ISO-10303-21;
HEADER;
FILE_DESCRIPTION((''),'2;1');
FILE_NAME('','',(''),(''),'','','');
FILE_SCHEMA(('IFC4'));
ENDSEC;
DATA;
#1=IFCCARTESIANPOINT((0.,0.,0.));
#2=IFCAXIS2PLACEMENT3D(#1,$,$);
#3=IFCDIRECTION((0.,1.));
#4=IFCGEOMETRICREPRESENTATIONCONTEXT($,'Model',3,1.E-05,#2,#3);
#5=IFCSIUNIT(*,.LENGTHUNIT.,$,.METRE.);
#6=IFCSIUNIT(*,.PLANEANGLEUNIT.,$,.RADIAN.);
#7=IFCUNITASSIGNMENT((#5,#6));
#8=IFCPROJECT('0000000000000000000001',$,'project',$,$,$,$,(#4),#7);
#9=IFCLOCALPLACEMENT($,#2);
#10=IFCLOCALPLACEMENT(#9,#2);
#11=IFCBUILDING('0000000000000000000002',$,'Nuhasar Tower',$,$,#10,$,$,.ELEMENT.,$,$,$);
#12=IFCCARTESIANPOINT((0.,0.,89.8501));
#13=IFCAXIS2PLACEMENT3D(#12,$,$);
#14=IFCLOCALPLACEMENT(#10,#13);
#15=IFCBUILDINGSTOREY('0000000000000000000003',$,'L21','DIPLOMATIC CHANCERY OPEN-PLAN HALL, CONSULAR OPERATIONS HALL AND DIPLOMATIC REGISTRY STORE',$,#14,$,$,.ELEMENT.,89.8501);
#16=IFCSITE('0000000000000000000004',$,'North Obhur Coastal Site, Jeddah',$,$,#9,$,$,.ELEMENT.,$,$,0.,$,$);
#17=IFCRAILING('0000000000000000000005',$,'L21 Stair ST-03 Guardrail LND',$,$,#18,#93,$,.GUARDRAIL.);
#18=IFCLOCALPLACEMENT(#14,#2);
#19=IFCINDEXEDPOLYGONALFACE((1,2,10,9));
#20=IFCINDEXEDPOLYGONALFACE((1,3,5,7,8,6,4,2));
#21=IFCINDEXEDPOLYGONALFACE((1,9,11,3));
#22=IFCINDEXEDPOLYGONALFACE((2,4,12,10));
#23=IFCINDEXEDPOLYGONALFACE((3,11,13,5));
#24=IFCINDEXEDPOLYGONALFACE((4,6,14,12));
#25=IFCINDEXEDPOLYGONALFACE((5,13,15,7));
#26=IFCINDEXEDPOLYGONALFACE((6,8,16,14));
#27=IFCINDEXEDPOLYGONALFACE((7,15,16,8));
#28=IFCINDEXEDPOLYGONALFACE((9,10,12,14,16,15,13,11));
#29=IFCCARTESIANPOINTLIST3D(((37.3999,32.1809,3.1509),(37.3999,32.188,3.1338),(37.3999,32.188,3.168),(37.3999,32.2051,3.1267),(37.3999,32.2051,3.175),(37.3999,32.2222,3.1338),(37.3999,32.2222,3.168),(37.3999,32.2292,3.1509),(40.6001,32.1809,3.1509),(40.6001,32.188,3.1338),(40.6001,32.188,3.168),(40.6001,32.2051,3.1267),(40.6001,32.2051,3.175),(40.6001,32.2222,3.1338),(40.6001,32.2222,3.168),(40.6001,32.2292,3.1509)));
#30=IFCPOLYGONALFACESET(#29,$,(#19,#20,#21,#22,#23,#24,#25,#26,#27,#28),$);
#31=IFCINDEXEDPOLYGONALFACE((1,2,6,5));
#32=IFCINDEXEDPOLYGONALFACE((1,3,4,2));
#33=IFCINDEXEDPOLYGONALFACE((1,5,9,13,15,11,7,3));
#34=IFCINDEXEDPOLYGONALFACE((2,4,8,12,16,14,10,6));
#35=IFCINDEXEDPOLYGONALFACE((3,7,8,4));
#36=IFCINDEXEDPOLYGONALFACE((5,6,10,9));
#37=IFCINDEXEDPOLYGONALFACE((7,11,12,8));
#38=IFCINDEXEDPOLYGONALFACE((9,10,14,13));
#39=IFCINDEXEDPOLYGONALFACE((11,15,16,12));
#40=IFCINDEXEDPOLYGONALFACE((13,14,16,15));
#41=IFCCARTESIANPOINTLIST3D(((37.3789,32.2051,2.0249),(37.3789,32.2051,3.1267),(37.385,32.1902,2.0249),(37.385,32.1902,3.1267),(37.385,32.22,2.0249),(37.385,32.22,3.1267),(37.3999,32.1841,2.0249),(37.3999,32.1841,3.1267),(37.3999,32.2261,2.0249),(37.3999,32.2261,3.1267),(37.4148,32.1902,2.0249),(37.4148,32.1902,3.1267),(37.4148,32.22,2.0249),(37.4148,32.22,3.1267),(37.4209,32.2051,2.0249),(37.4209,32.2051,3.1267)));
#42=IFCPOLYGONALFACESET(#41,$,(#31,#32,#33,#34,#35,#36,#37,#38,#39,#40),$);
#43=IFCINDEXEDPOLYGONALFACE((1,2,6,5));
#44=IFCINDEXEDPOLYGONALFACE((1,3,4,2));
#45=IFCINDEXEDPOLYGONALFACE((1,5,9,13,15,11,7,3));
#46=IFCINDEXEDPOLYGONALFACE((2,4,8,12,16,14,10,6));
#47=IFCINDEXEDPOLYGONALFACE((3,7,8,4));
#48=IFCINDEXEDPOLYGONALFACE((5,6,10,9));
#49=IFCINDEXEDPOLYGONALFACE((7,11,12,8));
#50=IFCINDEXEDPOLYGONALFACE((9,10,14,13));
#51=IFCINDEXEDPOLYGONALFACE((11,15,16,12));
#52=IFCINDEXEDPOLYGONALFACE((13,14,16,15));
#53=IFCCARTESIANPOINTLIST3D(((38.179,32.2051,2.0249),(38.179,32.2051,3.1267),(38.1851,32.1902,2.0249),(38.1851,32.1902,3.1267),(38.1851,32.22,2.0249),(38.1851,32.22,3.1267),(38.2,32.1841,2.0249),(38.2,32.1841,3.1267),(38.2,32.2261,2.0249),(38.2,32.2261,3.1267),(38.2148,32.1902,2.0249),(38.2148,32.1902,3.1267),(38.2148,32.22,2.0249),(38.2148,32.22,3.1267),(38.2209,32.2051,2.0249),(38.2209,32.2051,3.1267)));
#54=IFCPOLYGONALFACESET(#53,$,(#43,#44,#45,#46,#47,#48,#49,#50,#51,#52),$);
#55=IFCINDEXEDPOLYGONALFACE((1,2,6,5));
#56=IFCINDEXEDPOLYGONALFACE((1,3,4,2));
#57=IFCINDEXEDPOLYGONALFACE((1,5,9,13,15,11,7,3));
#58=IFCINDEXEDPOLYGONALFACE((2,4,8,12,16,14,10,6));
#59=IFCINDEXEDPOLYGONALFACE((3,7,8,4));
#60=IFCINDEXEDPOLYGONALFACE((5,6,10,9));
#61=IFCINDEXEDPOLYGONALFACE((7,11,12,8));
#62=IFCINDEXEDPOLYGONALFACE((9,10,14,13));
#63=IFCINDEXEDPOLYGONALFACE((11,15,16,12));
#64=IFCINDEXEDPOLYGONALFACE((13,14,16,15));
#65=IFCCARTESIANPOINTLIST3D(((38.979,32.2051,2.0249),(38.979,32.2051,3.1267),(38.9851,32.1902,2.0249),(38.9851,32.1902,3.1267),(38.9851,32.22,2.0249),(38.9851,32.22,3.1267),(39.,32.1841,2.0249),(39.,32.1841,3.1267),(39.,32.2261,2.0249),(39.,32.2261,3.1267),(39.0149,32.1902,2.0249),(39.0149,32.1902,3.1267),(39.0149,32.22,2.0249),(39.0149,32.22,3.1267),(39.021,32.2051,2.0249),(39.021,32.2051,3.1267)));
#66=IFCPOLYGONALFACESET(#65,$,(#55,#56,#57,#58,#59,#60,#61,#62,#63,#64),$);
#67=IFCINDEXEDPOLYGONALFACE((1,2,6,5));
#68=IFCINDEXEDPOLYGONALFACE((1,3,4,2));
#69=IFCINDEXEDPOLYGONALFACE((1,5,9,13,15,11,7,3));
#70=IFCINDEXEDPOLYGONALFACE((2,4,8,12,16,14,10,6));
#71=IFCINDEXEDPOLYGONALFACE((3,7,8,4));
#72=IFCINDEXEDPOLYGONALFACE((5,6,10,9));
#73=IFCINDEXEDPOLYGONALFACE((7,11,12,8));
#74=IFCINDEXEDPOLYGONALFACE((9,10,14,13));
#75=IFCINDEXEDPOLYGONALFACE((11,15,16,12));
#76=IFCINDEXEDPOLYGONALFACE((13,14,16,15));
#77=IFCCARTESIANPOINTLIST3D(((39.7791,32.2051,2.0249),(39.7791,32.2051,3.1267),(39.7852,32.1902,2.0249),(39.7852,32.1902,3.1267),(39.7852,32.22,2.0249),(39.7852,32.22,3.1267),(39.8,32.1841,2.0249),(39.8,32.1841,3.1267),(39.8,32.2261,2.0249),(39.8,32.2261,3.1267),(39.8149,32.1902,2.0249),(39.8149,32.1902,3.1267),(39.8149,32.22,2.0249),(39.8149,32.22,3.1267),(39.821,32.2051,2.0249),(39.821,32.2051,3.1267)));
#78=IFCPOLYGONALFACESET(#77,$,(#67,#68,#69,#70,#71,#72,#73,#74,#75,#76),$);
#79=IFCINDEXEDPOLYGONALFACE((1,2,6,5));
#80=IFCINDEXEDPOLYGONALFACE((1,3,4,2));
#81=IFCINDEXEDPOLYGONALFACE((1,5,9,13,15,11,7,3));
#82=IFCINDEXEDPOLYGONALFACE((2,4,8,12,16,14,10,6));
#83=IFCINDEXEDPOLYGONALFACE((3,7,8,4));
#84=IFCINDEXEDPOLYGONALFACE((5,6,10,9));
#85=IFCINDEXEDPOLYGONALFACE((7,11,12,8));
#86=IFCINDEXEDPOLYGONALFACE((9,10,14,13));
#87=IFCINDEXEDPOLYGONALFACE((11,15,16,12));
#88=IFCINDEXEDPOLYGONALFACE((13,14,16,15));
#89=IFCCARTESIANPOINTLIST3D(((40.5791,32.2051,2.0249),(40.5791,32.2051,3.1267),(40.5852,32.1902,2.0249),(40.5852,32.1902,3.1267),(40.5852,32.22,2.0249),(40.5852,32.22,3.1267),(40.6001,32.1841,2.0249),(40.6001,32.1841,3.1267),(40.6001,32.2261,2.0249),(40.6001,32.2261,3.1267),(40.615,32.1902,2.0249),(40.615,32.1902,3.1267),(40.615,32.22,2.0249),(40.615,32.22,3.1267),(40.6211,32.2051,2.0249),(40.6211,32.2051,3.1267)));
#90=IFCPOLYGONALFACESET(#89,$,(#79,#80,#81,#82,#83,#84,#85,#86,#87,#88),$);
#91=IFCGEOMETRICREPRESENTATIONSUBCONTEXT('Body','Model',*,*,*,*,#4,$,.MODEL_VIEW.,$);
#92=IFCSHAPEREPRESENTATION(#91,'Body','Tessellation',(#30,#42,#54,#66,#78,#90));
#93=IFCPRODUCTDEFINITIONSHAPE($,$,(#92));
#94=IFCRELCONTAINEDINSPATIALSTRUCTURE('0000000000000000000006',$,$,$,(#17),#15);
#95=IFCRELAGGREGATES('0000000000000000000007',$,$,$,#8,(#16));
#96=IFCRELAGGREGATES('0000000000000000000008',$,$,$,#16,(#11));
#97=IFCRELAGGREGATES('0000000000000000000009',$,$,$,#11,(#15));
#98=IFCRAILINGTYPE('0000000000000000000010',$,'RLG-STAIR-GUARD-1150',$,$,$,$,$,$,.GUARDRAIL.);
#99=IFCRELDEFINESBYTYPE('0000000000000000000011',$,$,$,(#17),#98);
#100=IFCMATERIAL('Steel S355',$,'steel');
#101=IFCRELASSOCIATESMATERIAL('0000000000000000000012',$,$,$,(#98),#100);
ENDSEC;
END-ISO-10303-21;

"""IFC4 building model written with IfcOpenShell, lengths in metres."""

from ifc_helpers import new_model, si_unit, direction, frame, origin, place, context, subcontext, project, spatial, polyline, outline, extrude, material, type_object, element, save


model = new_model("IFC4")

# Units and contexts
model_context = context("Model", 3, precision=1e-05, world=origin(), true_north=direction((0.0, 1.0)))
body_context = subcontext(model_context, "Body", "Model", "MODEL_VIEW")
ifc_project = project(units=[si_unit("LENGTHUNIT", "METRE"), si_unit("PLANEANGLEUNIT", "RADIAN")], contexts=[model_context])

# Site, building, storey
site_placement = place(None, origin())
site = spatial("IfcSite", under=ifc_project, at=site_placement, Name="North Obhur Coastal Site, Jeddah", CompositionType="ELEMENT", RefElevation=0.0)
building_placement = place(site_placement, origin())
building = spatial("IfcBuilding", under=site, at=building_placement, Name="Nuhasar Tower", CompositionType="ELEMENT")
storey_placement = place(building_placement, frame((0.0, 0.0, 89.8501)))
storey = spatial("IfcBuildingStorey", under=building, at=storey_placement, Name="L21", Description="DIPLOMATIC CHANCERY OPEN-PLAN HALL, CONSULAR OPERATIONS HALL AND DIPLOMATIC REGISTRY STORE", CompositionType="ELEMENT", Elevation=89.8501)

# Shared definitions
ifc_material_1 = material(Name="Steel S355", Category="steel")

# Railing
railing_type_1 = type_object("IfcRailingType", Name="RLG-STAIR-GUARD-1150", PredefinedType="GUARDRAIL", material=ifc_material_1)
railing_1_placement = place(storey_placement, frame((37.3999, 32.2051, 2.0249)))
element("IfcRailing", 1, at=railing_1_placement, inside=storey, type_object=railing_type_1, Name="L21 Stair ST-03 Guardrail LND", PredefinedType="GUARDRAIL", context=body_context, shape_type="SweptSolid", body=[
    extrude(outline(polyline([(0.0242, 0.0), (0.0171, 0.0171), (0.0, 0.0242), (-0.0171, 0.0171), (-0.0242, 0.0), (-0.0171, -0.0171), (0.0, -0.0242), (0.0171, -0.0171), (0.0242, 0.0)])), frame((0.0, 0.0, 1.126), z_axis=(1.0, 0.0, 0.0), x_axis=(0.0, 1.0, 0.0)), (0.0, 0.0, 1.0), 3.2002),
    extrude(outline(polyline([(0.021, 0.0), (0.0149, 0.0149), (0.0, 0.021), (-0.0149, 0.0149), (-0.021, 0.0), (-0.0149, -0.0149), (0.0, -0.021), (0.0149, -0.0149), (0.021, 0.0)])), origin(), (0.0, 0.0, 1.0), 1.1018),
    extrude(outline(polyline([(0.021, 0.0), (0.0149, 0.0149), (0.0, 0.021), (-0.0149, 0.0149), (-0.021, 0.0), (-0.0149, -0.0149), (0.0, -0.021), (0.0149, -0.0149), (0.021, 0.0)])), frame((0.8, 0.0, 0.0)), (0.0, 0.0, 1.0), 1.1018),
    extrude(outline(polyline([(0.021, 0.0), (0.0149, 0.0149), (0.0, 0.021), (-0.0149, 0.0149), (-0.021, 0.0), (-0.0149, -0.0149), (0.0, -0.021), (0.0149, -0.0149), (0.021, 0.0)])), frame((1.6001, 0.0, 0.0)), (0.0, 0.0, 1.0), 1.1018),
    extrude(outline(polyline([(0.021, 0.0), (0.0149, 0.0149), (0.0, 0.021), (-0.0149, 0.0149), (-0.021, 0.0), (-0.0149, -0.0149), (0.0, -0.021), (0.0149, -0.0149), (0.021, 0.0)])), frame((2.4001, 0.0, 0.0)), (0.0, 0.0, 1.0), 1.1018),
    extrude(outline(polyline([(0.021, 0.0), (0.0149, 0.0149), (0.0, 0.021), (-0.0149, 0.0149), (-0.021, 0.0), (-0.0149, -0.0149), (0.0, -0.021), (0.0149, -0.0149), (0.021, 0.0)])), frame((3.2002, 0.0, 0.0)), (0.0, 0.0, 1.0), 1.1018),
])

save(model, "model.ifc")
